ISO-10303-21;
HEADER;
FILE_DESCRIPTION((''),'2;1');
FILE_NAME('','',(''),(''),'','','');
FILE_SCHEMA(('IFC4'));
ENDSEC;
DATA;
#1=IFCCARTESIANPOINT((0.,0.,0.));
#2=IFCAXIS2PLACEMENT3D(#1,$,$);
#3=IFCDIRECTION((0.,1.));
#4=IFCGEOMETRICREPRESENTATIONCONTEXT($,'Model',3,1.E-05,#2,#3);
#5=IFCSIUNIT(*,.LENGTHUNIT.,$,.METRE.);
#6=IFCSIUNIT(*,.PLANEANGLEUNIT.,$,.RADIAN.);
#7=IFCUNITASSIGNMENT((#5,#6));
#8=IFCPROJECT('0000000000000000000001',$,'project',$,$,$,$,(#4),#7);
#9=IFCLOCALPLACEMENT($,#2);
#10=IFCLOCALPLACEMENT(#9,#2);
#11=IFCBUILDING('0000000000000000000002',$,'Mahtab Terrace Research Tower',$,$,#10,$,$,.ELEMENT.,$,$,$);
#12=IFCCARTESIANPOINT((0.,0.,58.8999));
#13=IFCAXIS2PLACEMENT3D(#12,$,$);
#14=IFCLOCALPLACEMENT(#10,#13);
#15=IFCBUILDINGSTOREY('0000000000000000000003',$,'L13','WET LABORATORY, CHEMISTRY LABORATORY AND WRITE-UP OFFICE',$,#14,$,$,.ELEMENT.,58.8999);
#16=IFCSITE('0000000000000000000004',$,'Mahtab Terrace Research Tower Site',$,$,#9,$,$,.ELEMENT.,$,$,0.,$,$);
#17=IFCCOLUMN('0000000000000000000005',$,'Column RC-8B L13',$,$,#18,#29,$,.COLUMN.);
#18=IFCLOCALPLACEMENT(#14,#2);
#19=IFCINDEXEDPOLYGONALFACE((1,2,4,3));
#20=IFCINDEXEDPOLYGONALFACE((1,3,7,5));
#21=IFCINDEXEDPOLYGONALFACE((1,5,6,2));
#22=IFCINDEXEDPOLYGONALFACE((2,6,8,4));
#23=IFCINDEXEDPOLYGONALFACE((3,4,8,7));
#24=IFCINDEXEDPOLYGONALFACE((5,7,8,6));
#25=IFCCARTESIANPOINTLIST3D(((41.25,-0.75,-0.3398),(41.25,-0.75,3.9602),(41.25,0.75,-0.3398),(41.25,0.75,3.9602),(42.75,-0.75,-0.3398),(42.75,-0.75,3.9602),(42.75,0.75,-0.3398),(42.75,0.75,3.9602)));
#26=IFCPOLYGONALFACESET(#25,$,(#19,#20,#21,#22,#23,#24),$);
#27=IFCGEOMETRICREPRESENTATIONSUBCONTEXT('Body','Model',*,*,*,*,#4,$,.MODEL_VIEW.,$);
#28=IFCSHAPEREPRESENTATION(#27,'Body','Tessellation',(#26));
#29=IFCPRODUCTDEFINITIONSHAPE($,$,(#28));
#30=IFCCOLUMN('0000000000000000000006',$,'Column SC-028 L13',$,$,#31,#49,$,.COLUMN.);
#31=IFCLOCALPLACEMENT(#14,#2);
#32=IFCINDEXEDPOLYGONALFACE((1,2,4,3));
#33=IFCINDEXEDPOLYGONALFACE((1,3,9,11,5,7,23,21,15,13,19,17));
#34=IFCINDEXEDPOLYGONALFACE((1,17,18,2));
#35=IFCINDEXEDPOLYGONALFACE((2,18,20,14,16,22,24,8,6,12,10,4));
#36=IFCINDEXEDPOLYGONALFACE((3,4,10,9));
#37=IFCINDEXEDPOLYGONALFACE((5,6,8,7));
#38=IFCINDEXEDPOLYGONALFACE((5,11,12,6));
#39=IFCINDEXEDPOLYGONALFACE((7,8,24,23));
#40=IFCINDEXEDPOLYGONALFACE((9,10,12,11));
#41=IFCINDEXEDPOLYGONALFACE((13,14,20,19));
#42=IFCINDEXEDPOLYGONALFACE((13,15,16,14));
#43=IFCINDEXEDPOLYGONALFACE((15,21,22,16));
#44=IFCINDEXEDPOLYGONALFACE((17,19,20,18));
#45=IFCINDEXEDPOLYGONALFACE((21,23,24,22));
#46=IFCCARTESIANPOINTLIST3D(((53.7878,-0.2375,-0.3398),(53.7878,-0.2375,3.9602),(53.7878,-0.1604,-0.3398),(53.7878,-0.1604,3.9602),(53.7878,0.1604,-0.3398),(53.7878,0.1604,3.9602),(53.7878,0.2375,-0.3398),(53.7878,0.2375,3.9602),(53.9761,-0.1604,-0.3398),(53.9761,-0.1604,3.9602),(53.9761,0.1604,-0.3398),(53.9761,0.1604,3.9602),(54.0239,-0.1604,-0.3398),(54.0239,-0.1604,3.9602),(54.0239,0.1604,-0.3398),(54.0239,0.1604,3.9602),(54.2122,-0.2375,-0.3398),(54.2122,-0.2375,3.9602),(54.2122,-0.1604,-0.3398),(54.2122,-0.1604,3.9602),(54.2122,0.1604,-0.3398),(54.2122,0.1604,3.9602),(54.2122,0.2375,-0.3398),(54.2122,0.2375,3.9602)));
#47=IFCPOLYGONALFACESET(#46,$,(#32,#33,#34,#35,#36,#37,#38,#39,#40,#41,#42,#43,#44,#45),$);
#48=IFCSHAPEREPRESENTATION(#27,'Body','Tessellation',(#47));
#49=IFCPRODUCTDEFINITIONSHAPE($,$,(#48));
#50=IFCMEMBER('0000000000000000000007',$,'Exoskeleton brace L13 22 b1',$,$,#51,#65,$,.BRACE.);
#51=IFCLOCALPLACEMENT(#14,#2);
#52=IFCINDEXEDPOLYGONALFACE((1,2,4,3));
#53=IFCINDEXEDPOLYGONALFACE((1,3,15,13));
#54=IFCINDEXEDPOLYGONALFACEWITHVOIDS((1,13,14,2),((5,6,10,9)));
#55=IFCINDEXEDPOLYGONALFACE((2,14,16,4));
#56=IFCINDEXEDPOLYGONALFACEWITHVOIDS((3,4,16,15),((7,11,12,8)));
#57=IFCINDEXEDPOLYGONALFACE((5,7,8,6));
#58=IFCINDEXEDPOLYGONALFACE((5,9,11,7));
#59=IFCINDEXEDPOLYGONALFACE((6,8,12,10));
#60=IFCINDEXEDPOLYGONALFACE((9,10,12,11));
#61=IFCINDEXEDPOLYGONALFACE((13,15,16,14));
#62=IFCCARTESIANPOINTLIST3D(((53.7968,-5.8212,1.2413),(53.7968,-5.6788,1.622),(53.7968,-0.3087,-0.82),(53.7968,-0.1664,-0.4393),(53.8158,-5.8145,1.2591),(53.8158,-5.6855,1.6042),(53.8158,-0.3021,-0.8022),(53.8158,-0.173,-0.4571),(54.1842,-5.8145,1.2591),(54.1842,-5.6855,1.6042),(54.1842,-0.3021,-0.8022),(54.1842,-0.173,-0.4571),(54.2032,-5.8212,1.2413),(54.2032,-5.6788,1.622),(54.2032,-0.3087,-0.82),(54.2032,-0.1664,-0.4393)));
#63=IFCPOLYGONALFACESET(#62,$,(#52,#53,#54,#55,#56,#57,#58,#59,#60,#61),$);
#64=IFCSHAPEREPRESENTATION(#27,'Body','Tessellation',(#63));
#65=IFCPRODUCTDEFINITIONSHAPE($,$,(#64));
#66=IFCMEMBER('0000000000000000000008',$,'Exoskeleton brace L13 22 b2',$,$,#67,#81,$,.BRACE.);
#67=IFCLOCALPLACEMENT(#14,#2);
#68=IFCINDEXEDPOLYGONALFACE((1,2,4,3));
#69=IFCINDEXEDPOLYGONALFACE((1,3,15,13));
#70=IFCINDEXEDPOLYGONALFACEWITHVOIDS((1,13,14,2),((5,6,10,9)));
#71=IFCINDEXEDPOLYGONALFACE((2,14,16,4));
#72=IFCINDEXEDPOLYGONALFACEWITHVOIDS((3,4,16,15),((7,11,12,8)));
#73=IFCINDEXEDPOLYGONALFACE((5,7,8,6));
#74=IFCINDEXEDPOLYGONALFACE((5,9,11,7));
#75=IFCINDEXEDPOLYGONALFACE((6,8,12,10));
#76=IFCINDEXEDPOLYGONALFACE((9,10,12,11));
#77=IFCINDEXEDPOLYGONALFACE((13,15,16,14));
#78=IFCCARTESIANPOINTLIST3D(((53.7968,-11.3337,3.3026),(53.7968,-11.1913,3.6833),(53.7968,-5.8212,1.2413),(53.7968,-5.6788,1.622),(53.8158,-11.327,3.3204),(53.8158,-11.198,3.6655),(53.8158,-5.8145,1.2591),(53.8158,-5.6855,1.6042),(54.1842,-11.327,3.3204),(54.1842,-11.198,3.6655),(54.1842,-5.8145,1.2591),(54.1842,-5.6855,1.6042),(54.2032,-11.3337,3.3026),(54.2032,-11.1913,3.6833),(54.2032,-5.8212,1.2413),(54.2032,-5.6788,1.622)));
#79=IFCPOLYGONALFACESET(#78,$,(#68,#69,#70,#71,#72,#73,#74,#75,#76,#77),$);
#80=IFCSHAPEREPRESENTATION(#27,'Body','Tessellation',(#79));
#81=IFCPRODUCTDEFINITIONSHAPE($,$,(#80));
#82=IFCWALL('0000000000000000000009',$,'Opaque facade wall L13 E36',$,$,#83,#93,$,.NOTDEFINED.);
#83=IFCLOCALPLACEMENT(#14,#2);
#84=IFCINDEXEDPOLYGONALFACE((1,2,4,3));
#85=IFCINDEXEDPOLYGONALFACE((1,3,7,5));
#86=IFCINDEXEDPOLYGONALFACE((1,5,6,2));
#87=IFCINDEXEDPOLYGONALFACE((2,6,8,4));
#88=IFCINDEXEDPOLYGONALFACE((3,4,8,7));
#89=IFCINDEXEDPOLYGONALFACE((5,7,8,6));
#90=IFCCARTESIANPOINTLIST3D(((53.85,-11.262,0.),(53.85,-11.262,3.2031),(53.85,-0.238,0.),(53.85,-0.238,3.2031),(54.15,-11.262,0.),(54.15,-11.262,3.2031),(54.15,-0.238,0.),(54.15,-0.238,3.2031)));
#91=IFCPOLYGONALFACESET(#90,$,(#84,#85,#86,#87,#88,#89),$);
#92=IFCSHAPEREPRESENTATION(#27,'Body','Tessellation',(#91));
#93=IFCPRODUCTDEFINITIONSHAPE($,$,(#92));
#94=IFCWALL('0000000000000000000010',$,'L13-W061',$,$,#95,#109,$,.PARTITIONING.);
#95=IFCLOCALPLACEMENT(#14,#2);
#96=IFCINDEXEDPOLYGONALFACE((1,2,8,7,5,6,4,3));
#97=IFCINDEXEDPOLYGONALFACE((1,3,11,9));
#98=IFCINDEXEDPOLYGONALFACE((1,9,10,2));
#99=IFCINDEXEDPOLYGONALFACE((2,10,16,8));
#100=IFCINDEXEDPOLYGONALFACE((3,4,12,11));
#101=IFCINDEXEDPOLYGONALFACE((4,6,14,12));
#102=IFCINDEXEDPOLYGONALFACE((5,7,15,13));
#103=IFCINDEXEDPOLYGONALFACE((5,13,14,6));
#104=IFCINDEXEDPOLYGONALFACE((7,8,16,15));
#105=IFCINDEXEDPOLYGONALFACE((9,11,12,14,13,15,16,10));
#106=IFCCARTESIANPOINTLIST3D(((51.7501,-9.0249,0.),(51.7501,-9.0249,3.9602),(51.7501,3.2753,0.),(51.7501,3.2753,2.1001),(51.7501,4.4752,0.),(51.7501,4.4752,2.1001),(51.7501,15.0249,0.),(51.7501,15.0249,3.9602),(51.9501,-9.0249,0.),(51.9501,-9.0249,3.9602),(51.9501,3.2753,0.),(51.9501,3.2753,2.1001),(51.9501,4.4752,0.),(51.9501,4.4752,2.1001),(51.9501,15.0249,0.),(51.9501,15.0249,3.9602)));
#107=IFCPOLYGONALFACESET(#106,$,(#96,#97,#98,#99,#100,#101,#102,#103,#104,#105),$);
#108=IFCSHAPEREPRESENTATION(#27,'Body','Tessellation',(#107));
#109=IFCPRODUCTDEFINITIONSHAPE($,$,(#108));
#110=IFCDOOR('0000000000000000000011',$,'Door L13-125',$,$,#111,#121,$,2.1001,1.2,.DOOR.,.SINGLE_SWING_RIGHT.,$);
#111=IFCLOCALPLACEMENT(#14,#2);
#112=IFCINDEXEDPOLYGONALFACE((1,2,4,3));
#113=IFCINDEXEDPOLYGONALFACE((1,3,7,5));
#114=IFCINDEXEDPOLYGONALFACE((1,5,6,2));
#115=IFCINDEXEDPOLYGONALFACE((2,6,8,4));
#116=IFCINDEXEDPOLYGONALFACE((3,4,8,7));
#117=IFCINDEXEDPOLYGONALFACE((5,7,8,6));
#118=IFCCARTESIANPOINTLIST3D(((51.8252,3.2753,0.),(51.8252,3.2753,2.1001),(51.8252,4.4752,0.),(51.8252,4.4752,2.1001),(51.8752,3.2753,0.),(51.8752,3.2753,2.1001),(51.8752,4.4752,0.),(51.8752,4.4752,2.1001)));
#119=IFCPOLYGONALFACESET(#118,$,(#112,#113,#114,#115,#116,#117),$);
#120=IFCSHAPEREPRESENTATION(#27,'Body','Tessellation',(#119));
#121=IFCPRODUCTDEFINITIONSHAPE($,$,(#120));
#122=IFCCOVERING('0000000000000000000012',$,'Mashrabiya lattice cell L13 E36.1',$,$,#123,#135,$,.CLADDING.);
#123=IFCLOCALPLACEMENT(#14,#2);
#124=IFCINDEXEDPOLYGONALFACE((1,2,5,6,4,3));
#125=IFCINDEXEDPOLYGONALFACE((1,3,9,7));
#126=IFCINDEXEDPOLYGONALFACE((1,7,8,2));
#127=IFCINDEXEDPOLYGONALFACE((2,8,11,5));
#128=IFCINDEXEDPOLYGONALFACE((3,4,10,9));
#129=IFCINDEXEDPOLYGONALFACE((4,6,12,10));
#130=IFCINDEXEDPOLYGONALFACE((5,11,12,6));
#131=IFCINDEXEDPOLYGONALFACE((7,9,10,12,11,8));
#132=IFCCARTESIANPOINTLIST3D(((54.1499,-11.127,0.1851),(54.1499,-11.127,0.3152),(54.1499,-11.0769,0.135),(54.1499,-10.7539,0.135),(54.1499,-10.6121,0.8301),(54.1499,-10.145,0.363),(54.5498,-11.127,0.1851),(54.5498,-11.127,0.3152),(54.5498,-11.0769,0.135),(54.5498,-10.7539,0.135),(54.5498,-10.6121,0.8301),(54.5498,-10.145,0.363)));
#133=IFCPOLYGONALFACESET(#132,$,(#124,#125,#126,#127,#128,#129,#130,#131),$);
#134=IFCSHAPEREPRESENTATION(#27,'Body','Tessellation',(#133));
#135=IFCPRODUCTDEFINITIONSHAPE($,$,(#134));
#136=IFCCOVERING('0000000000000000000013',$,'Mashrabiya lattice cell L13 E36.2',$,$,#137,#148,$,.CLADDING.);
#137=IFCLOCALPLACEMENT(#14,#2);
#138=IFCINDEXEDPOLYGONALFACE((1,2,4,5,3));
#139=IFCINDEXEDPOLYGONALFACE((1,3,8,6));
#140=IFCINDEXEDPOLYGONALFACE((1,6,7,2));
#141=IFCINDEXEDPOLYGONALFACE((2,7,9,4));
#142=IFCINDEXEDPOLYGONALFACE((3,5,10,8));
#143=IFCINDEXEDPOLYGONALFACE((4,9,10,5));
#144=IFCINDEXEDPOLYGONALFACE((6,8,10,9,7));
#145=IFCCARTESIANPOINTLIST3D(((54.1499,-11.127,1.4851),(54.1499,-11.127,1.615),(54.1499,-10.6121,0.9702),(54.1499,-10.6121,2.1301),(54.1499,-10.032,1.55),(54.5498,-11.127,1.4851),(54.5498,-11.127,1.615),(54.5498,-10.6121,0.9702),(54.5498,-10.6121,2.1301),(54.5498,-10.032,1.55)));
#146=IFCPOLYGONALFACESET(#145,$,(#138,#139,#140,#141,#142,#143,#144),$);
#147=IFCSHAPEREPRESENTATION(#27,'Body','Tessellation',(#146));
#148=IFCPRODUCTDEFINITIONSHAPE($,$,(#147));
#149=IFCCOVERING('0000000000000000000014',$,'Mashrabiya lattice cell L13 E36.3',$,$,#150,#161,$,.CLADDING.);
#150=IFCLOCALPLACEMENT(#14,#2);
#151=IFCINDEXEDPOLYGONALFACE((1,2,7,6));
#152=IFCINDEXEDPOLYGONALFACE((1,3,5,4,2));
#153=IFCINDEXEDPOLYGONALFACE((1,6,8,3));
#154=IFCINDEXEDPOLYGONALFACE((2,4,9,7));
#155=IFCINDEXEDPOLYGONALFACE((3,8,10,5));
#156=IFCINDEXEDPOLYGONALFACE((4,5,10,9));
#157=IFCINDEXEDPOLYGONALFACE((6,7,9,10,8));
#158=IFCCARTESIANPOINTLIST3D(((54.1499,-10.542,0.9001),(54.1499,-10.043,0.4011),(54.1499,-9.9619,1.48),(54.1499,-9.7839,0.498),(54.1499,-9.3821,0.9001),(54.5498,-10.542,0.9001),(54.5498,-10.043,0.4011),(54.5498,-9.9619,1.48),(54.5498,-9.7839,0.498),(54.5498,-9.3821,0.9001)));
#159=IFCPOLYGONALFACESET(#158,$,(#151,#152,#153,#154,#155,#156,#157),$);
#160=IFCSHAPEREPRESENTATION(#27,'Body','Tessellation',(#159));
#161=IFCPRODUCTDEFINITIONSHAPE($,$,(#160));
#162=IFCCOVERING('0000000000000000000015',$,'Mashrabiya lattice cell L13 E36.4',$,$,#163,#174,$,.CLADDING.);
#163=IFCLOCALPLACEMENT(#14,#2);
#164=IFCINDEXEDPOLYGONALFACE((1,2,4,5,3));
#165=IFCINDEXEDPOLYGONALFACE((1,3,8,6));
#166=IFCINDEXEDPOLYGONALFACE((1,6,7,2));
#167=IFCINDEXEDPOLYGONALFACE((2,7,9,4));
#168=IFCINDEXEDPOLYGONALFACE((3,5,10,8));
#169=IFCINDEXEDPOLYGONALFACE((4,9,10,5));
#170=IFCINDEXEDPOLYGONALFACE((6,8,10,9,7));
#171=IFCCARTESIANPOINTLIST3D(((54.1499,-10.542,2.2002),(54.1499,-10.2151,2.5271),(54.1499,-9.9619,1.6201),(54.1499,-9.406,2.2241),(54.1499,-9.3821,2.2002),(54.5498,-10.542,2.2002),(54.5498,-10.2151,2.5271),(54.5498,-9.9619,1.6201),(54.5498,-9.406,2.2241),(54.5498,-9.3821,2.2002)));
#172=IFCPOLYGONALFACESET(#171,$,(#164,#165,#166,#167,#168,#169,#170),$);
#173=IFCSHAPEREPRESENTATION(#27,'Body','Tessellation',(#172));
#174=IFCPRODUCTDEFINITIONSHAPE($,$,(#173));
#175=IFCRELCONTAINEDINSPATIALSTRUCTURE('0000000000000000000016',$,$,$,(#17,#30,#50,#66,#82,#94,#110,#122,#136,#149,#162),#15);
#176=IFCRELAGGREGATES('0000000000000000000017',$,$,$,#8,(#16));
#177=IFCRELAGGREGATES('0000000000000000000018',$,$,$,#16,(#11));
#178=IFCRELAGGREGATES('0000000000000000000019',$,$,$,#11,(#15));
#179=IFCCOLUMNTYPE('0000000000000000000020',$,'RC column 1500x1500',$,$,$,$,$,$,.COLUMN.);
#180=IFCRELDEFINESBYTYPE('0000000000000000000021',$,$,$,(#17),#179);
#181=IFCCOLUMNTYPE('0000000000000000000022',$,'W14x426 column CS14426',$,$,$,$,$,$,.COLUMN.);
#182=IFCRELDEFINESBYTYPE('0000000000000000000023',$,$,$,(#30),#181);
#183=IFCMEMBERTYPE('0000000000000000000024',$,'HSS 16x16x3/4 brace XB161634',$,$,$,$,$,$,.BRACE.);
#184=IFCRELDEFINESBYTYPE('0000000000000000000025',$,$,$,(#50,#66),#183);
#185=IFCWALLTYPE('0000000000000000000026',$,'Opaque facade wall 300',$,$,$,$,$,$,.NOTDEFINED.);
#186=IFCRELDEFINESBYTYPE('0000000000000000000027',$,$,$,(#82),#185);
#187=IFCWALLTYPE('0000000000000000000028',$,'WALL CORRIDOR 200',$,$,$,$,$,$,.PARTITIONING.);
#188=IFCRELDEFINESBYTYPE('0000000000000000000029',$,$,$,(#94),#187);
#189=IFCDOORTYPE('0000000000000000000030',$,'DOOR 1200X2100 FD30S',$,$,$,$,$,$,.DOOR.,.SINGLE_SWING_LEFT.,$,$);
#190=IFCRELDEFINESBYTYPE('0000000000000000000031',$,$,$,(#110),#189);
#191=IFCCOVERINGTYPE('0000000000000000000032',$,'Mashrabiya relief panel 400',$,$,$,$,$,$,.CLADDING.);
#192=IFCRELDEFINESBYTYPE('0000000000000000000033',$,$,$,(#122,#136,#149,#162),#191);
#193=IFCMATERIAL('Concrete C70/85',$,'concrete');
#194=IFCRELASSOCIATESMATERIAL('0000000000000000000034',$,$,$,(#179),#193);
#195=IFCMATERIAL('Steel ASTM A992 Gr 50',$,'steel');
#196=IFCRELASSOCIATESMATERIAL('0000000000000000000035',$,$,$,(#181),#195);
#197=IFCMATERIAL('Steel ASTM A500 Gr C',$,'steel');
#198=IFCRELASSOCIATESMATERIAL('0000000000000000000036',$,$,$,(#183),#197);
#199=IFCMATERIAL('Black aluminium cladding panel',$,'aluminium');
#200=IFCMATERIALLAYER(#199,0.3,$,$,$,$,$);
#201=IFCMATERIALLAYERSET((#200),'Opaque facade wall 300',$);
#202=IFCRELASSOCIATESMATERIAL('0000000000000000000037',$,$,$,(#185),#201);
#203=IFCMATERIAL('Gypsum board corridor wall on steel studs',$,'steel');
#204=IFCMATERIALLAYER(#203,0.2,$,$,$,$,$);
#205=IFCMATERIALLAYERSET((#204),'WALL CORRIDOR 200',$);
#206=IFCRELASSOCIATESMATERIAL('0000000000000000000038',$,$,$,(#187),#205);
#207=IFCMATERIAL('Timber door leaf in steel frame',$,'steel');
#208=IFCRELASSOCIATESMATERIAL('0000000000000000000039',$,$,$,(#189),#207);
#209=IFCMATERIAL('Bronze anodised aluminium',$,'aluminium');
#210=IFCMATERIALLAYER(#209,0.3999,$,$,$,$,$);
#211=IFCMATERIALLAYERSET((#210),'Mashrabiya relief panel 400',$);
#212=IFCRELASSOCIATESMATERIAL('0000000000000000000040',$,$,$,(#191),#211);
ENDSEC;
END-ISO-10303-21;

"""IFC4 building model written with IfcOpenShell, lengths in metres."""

from ifc_helpers import new_model, si_unit, direction, frame, frame_2d, origin, origin_2d, place, context, subcontext, project, spatial, polyline, rectangle, hollow_rectangle, i_section, outline, extrude, material, layer, layer_set, material_profile, profile_set, type_object, element, fill, save


model = new_model("IFC4")

# Units and contexts
model_context = context("Model", 3, precision=1e-05, world=origin(), true_north=direction((0.0, 1.0)))
body_context = subcontext(model_context, "Body", "Model", "MODEL_VIEW")
ifc_project = project(units=[si_unit("LENGTHUNIT", "METRE"), si_unit("PLANEANGLEUNIT", "RADIAN")], contexts=[model_context])

# Site, building, storey
site_placement = place(None, origin())
site = spatial("IfcSite", under=ifc_project, at=site_placement, Name="Mahtab Terrace Research Tower Site", CompositionType="ELEMENT", RefElevation=0.0)
building_placement = place(site_placement, origin())
building = spatial("IfcBuilding", under=site, at=building_placement, Name="Mahtab Terrace Research Tower", CompositionType="ELEMENT")
storey_placement = place(building_placement, frame((0.0, 0.0, 58.8999)))
storey = spatial("IfcBuildingStorey", under=building, at=storey_placement, Name="L13", Description="WET LABORATORY, CHEMISTRY LABORATORY AND WRITE-UP OFFICE", CompositionType="ELEMENT", Elevation=58.8999)

# Columns
ifc_material_1 = material(Name="Concrete C70/85", Category="concrete")
ifc_material_profile_1 = material_profile(ifc_material_1, rectangle(XDim=1.5, YDim=1.5, at=origin_2d()), Name="RC column 1500x1500")
ifc_profile_set_1 = profile_set([ifc_material_profile_1], Name="Concrete C70/85")
column_type_1 = type_object("IfcColumnType", Name="RC column 1500x1500", PredefinedType="COLUMN", material=ifc_profile_set_1)
column_1_placement = place(storey_placement, frame((42.0, 0.0, -0.3398), z_axis=(0.0, 0.0, 1.0), x_axis=(1.0, 0.0, 0.0)))
element("IfcColumn", 1, at=column_1_placement, inside=storey, type_object=column_type_1, Name="Column RC-8B L13", PredefinedType="COLUMN", context=body_context, shape_type="SweptSolid", body=[
    extrude(rectangle(XDim=1.5, YDim=1.5, at=origin_2d()), origin(), (0.0, 0.0, 1.0), 4.3),
])
ifc_material_2 = material(Name="Steel ASTM A992 Gr 50", Category="steel")
ifc_material_profile_2 = material_profile(ifc_material_2, i_section(OverallWidth=0.4243, OverallDepth=0.4751, WebThickness=0.0479, FlangeThickness=0.0771, at=origin_2d()), Name="W14X426")
ifc_profile_set_2 = profile_set([ifc_material_profile_2], Name="Steel ASTM A992 Gr 50")
column_type_2 = type_object("IfcColumnType", Name="W14x426 column CS14426", PredefinedType="COLUMN", material=ifc_profile_set_2)
column_2_placement = place(storey_placement, frame((54.0, 0.0, -0.3398), z_axis=(0.0, 0.0, 1.0), x_axis=(1.0, 0.0, 0.0)))
element("IfcColumn", 2, at=column_2_placement, inside=storey, type_object=column_type_2, Name="Column SC-028 L13", PredefinedType="COLUMN", context=body_context, shape_type="SweptSolid", body=[
    extrude(i_section(OverallWidth=0.4243, OverallDepth=0.4751, WebThickness=0.0479, FlangeThickness=0.0771, at=origin_2d()), origin(), (0.0, 0.0, 1.0), 4.3),
])

# Members
ifc_material_3 = material(Name="Steel ASTM A500 Gr C", Category="steel")
ifc_material_profile_3 = material_profile(ifc_material_3, hollow_rectangle(XDim=0.4065, YDim=0.4065, WallThickness=0.019, at=origin_2d()), Name="HSS16X16X3/4")
ifc_profile_set_3 = profile_set([ifc_material_profile_3], Name="Steel ASTM A500 Gr C")
member_type = type_object("IfcMemberType", Name="HSS 16x16x3/4 brace XB161634", PredefinedType="BRACE", material=ifc_profile_set_3)
for number, where, z_axis, x_axis, name in (
    (3, (54.0, -0.2375, -0.6296), (0.0, -0.936658, 0.350246), (1.0, 0.0, 0.0), "Exoskeleton brace L13 22 b1"),
    (4, (54.0, -5.75, 1.4316), (0.0, -0.936658, 0.350246), (1.0, 0.0, 0.0), "Exoskeleton brace L13 22 b2"),
):
    element("IfcMember", number, at=place(storey_placement, frame(where, z_axis=z_axis, x_axis=x_axis)), inside=storey, type_object=member_type, Name=name, PredefinedType="BRACE", context=body_context, shape_type="SweptSolid", body=[
        extrude(hollow_rectangle(XDim=0.4065, YDim=0.4065, WallThickness=0.019, at=origin_2d()), origin(), (0.0, 0.0, 1.0), 5.8853),
    ])

# Wall
ifc_material_4 = material(Name="Black aluminium cladding panel", Category="aluminium")
ifc_layer_1 = layer(ifc_material_4, 0.3)
ifc_layer_set_1 = layer_set([ifc_layer_1], Name="Opaque facade wall 300")
wall_type_1 = type_object("IfcWallType", Name="Opaque facade wall 300", PredefinedType="NOTDEFINED", material=ifc_layer_set_1)
wall_1_placement = place(storey_placement, frame((54.0, -11.262, 0.0), z_axis=(0.0, 0.0, 1.0), x_axis=(0.0, 1.0, 0.0)))
element("IfcWall", 5, at=wall_1_placement, inside=storey, type_object=wall_type_1, Name="Opaque facade wall L13 E36", PredefinedType="NOTDEFINED", context=body_context, shape_type="SweptSolid", body=[
    extrude(rectangle(XDim=11.0239, YDim=0.3, at=frame_2d((5.512, 0.0))), origin(), (0.0, 0.0, 1.0), 3.2031),
])

# Wall, opening, door
ifc_material_5 = material(Name="Gypsum board corridor wall on steel studs", Category="steel")
ifc_layer_2 = layer(ifc_material_5, 0.2)
ifc_layer_set_2 = layer_set([ifc_layer_2], Name="WALL CORRIDOR 200")
wall_type_2 = type_object("IfcWallType", Name="WALL CORRIDOR 200", PredefinedType="PARTITIONING", material=ifc_layer_set_2)
wall_2_placement = place(storey_placement, frame((51.8501, -9.0249, 0.0), z_axis=(0.0, 0.0, 1.0), x_axis=(0.0, 1.0, 0.0)))
wall_2 = element("IfcWall", 6, at=wall_2_placement, inside=storey, type_object=wall_type_2, Name="L13-W061", PredefinedType="PARTITIONING", context=body_context, shape_type="SweptSolid", body=[
    extrude(rectangle(XDim=24.0498, YDim=0.2, at=frame_2d((12.0249, 0.0))), origin(), (0.0, 0.0, 1.0), 3.9602),
])
opening_placement = place(wall_2_placement, frame((12.3, 0.0, 0.0)))
opening = element("IfcOpeningElement", 7, at=opening_placement, cuts=wall_2, PredefinedType="OPENING", context=body_context, shape_type="SweptSolid", body=[
    extrude(rectangle(XDim=1.2, YDim=2.1001, at=frame_2d((0.6001, 1.05))), frame((0.0, 0.1099, 0.0), z_axis=(0.0, -1.0, 0.0), x_axis=(1.0, 0.0, 0.0)), (0.0, 0.0, 1.0), 0.22),
])
ifc_material_6 = material(Name="Timber door leaf in steel frame", Category="steel")
door_type = type_object("IfcDoorType", Name="DOOR 1200X2100 FD30S", OperationType="SINGLE_SWING_LEFT", PredefinedType="DOOR", material=ifc_material_6)
door_placement = place(opening_placement, origin())
door = element("IfcDoor", 8, at=door_placement, inside=storey, type_object=door_type, Name="Door L13-125", OperationType="SINGLE_SWING_RIGHT", OverallHeight=2.1001, OverallWidth=1.2, PredefinedType="DOOR", context=body_context, shape_type="SweptSolid", body=[
    extrude(rectangle(XDim=1.2, YDim=2.1001, at=frame_2d((0.6001, 1.05))), frame((0.0, 0.0249, 0.0), z_axis=(0.0, -1.0, 0.0), x_axis=(1.0, 0.0, 0.0)), (0.0, 0.0, 1.0), 0.05),
])
fill(opening, door)

# Coverings
ifc_material_7 = material(Name="Bronze anodised aluminium", Category="aluminium")
ifc_layer_3 = layer(ifc_material_7, 0.3999)
ifc_layer_set_3 = layer_set([ifc_layer_3], Name="Mashrabiya relief panel 400")
covering_type = type_object("IfcCoveringType", Name="Mashrabiya relief panel 400", PredefinedType="CLADDING", material=ifc_layer_set_3)
covering_1_placement = place(storey_placement, frame((54.1499, -11.127, 0.1851), z_axis=(-1.0, 0.0, 0.0), x_axis=(0.0, 0.0, 1.0)))
element("IfcCovering", 9, at=covering_1_placement, inside=storey, type_object=covering_type, Name="Mashrabiya lattice cell L13 E36.1", PredefinedType="CLADDING", context=body_context, shape_type="SweptSolid", body=[
    extrude(outline(polyline([(0.0, 0.0), (0.1301, 0.0), (0.645, 0.5149), (0.178, 0.9819), (-0.05, 0.373), (-0.05, 0.05), (0.0, 0.0)])), origin(), (0.0, 0.0, -1.0), 0.3999),
])
covering_2_placement = place(storey_placement, frame((54.1499, -10.6121, 2.1301), z_axis=(-1.0, 0.0, 0.0), x_axis=(0.0, 0.707107, -0.707107)))
element("IfcCovering", 10, at=covering_2_placement, inside=storey, type_object=covering_type, Name="Mashrabiya lattice cell L13 E36.2", PredefinedType="CLADDING", context=body_context, shape_type="SweptSolid", body=[
    extrude(outline(polyline([(0.0, 0.0), (0.8204, 0.0), (0.8202, 0.8202), (0.092, 0.8202), (0.0002, 0.7283), (0.0, 0.0)])), origin(), (0.0, 0.0, -1.0), 0.3999),
])
covering_3_placement = place(storey_placement, frame((54.1499, -10.542, 0.9001), z_axis=(-1.0, 0.0, 0.0), x_axis=(0.0, 0.707256, 0.706958)))
element("IfcCovering", 11, at=covering_3_placement, inside=storey, type_object=covering_type, Name="Mashrabiya lattice cell L13 E36.3", PredefinedType="CLADDING", context=body_context, shape_type="SweptSolid", body=[
    extrude(outline(polyline([(0.0, 0.0), (0.8202, 0.0), (0.8204, 0.82), (0.2519, 0.8203), (0.0001, 0.7057), (0.0, 0.0)])), origin(), (0.0, 0.0, -1.0), 0.3999),
])
covering_4_placement = place(storey_placement, frame((54.1499, -9.3821, 2.2002), z_axis=(-1.0, 0.0, 0.0), x_axis=(0.0, -0.706958, -0.707256)))
element("IfcCovering", 12, at=covering_4_placement, inside=storey, type_object=covering_type, Name="Mashrabiya lattice cell L13 E36.4", PredefinedType="CLADDING", context=body_context, shape_type="SweptSolid", body=[
    extrude(outline(polyline([(0.0, 0.0), (0.8202, 0.0), (0.82, 0.8204), (0.3577, 0.8203), (0.0, 0.0338), (0.0, 0.0)])), origin(), (0.0, 0.0, -1.0), 0.3999),
])

save(model, "model.ifc")
